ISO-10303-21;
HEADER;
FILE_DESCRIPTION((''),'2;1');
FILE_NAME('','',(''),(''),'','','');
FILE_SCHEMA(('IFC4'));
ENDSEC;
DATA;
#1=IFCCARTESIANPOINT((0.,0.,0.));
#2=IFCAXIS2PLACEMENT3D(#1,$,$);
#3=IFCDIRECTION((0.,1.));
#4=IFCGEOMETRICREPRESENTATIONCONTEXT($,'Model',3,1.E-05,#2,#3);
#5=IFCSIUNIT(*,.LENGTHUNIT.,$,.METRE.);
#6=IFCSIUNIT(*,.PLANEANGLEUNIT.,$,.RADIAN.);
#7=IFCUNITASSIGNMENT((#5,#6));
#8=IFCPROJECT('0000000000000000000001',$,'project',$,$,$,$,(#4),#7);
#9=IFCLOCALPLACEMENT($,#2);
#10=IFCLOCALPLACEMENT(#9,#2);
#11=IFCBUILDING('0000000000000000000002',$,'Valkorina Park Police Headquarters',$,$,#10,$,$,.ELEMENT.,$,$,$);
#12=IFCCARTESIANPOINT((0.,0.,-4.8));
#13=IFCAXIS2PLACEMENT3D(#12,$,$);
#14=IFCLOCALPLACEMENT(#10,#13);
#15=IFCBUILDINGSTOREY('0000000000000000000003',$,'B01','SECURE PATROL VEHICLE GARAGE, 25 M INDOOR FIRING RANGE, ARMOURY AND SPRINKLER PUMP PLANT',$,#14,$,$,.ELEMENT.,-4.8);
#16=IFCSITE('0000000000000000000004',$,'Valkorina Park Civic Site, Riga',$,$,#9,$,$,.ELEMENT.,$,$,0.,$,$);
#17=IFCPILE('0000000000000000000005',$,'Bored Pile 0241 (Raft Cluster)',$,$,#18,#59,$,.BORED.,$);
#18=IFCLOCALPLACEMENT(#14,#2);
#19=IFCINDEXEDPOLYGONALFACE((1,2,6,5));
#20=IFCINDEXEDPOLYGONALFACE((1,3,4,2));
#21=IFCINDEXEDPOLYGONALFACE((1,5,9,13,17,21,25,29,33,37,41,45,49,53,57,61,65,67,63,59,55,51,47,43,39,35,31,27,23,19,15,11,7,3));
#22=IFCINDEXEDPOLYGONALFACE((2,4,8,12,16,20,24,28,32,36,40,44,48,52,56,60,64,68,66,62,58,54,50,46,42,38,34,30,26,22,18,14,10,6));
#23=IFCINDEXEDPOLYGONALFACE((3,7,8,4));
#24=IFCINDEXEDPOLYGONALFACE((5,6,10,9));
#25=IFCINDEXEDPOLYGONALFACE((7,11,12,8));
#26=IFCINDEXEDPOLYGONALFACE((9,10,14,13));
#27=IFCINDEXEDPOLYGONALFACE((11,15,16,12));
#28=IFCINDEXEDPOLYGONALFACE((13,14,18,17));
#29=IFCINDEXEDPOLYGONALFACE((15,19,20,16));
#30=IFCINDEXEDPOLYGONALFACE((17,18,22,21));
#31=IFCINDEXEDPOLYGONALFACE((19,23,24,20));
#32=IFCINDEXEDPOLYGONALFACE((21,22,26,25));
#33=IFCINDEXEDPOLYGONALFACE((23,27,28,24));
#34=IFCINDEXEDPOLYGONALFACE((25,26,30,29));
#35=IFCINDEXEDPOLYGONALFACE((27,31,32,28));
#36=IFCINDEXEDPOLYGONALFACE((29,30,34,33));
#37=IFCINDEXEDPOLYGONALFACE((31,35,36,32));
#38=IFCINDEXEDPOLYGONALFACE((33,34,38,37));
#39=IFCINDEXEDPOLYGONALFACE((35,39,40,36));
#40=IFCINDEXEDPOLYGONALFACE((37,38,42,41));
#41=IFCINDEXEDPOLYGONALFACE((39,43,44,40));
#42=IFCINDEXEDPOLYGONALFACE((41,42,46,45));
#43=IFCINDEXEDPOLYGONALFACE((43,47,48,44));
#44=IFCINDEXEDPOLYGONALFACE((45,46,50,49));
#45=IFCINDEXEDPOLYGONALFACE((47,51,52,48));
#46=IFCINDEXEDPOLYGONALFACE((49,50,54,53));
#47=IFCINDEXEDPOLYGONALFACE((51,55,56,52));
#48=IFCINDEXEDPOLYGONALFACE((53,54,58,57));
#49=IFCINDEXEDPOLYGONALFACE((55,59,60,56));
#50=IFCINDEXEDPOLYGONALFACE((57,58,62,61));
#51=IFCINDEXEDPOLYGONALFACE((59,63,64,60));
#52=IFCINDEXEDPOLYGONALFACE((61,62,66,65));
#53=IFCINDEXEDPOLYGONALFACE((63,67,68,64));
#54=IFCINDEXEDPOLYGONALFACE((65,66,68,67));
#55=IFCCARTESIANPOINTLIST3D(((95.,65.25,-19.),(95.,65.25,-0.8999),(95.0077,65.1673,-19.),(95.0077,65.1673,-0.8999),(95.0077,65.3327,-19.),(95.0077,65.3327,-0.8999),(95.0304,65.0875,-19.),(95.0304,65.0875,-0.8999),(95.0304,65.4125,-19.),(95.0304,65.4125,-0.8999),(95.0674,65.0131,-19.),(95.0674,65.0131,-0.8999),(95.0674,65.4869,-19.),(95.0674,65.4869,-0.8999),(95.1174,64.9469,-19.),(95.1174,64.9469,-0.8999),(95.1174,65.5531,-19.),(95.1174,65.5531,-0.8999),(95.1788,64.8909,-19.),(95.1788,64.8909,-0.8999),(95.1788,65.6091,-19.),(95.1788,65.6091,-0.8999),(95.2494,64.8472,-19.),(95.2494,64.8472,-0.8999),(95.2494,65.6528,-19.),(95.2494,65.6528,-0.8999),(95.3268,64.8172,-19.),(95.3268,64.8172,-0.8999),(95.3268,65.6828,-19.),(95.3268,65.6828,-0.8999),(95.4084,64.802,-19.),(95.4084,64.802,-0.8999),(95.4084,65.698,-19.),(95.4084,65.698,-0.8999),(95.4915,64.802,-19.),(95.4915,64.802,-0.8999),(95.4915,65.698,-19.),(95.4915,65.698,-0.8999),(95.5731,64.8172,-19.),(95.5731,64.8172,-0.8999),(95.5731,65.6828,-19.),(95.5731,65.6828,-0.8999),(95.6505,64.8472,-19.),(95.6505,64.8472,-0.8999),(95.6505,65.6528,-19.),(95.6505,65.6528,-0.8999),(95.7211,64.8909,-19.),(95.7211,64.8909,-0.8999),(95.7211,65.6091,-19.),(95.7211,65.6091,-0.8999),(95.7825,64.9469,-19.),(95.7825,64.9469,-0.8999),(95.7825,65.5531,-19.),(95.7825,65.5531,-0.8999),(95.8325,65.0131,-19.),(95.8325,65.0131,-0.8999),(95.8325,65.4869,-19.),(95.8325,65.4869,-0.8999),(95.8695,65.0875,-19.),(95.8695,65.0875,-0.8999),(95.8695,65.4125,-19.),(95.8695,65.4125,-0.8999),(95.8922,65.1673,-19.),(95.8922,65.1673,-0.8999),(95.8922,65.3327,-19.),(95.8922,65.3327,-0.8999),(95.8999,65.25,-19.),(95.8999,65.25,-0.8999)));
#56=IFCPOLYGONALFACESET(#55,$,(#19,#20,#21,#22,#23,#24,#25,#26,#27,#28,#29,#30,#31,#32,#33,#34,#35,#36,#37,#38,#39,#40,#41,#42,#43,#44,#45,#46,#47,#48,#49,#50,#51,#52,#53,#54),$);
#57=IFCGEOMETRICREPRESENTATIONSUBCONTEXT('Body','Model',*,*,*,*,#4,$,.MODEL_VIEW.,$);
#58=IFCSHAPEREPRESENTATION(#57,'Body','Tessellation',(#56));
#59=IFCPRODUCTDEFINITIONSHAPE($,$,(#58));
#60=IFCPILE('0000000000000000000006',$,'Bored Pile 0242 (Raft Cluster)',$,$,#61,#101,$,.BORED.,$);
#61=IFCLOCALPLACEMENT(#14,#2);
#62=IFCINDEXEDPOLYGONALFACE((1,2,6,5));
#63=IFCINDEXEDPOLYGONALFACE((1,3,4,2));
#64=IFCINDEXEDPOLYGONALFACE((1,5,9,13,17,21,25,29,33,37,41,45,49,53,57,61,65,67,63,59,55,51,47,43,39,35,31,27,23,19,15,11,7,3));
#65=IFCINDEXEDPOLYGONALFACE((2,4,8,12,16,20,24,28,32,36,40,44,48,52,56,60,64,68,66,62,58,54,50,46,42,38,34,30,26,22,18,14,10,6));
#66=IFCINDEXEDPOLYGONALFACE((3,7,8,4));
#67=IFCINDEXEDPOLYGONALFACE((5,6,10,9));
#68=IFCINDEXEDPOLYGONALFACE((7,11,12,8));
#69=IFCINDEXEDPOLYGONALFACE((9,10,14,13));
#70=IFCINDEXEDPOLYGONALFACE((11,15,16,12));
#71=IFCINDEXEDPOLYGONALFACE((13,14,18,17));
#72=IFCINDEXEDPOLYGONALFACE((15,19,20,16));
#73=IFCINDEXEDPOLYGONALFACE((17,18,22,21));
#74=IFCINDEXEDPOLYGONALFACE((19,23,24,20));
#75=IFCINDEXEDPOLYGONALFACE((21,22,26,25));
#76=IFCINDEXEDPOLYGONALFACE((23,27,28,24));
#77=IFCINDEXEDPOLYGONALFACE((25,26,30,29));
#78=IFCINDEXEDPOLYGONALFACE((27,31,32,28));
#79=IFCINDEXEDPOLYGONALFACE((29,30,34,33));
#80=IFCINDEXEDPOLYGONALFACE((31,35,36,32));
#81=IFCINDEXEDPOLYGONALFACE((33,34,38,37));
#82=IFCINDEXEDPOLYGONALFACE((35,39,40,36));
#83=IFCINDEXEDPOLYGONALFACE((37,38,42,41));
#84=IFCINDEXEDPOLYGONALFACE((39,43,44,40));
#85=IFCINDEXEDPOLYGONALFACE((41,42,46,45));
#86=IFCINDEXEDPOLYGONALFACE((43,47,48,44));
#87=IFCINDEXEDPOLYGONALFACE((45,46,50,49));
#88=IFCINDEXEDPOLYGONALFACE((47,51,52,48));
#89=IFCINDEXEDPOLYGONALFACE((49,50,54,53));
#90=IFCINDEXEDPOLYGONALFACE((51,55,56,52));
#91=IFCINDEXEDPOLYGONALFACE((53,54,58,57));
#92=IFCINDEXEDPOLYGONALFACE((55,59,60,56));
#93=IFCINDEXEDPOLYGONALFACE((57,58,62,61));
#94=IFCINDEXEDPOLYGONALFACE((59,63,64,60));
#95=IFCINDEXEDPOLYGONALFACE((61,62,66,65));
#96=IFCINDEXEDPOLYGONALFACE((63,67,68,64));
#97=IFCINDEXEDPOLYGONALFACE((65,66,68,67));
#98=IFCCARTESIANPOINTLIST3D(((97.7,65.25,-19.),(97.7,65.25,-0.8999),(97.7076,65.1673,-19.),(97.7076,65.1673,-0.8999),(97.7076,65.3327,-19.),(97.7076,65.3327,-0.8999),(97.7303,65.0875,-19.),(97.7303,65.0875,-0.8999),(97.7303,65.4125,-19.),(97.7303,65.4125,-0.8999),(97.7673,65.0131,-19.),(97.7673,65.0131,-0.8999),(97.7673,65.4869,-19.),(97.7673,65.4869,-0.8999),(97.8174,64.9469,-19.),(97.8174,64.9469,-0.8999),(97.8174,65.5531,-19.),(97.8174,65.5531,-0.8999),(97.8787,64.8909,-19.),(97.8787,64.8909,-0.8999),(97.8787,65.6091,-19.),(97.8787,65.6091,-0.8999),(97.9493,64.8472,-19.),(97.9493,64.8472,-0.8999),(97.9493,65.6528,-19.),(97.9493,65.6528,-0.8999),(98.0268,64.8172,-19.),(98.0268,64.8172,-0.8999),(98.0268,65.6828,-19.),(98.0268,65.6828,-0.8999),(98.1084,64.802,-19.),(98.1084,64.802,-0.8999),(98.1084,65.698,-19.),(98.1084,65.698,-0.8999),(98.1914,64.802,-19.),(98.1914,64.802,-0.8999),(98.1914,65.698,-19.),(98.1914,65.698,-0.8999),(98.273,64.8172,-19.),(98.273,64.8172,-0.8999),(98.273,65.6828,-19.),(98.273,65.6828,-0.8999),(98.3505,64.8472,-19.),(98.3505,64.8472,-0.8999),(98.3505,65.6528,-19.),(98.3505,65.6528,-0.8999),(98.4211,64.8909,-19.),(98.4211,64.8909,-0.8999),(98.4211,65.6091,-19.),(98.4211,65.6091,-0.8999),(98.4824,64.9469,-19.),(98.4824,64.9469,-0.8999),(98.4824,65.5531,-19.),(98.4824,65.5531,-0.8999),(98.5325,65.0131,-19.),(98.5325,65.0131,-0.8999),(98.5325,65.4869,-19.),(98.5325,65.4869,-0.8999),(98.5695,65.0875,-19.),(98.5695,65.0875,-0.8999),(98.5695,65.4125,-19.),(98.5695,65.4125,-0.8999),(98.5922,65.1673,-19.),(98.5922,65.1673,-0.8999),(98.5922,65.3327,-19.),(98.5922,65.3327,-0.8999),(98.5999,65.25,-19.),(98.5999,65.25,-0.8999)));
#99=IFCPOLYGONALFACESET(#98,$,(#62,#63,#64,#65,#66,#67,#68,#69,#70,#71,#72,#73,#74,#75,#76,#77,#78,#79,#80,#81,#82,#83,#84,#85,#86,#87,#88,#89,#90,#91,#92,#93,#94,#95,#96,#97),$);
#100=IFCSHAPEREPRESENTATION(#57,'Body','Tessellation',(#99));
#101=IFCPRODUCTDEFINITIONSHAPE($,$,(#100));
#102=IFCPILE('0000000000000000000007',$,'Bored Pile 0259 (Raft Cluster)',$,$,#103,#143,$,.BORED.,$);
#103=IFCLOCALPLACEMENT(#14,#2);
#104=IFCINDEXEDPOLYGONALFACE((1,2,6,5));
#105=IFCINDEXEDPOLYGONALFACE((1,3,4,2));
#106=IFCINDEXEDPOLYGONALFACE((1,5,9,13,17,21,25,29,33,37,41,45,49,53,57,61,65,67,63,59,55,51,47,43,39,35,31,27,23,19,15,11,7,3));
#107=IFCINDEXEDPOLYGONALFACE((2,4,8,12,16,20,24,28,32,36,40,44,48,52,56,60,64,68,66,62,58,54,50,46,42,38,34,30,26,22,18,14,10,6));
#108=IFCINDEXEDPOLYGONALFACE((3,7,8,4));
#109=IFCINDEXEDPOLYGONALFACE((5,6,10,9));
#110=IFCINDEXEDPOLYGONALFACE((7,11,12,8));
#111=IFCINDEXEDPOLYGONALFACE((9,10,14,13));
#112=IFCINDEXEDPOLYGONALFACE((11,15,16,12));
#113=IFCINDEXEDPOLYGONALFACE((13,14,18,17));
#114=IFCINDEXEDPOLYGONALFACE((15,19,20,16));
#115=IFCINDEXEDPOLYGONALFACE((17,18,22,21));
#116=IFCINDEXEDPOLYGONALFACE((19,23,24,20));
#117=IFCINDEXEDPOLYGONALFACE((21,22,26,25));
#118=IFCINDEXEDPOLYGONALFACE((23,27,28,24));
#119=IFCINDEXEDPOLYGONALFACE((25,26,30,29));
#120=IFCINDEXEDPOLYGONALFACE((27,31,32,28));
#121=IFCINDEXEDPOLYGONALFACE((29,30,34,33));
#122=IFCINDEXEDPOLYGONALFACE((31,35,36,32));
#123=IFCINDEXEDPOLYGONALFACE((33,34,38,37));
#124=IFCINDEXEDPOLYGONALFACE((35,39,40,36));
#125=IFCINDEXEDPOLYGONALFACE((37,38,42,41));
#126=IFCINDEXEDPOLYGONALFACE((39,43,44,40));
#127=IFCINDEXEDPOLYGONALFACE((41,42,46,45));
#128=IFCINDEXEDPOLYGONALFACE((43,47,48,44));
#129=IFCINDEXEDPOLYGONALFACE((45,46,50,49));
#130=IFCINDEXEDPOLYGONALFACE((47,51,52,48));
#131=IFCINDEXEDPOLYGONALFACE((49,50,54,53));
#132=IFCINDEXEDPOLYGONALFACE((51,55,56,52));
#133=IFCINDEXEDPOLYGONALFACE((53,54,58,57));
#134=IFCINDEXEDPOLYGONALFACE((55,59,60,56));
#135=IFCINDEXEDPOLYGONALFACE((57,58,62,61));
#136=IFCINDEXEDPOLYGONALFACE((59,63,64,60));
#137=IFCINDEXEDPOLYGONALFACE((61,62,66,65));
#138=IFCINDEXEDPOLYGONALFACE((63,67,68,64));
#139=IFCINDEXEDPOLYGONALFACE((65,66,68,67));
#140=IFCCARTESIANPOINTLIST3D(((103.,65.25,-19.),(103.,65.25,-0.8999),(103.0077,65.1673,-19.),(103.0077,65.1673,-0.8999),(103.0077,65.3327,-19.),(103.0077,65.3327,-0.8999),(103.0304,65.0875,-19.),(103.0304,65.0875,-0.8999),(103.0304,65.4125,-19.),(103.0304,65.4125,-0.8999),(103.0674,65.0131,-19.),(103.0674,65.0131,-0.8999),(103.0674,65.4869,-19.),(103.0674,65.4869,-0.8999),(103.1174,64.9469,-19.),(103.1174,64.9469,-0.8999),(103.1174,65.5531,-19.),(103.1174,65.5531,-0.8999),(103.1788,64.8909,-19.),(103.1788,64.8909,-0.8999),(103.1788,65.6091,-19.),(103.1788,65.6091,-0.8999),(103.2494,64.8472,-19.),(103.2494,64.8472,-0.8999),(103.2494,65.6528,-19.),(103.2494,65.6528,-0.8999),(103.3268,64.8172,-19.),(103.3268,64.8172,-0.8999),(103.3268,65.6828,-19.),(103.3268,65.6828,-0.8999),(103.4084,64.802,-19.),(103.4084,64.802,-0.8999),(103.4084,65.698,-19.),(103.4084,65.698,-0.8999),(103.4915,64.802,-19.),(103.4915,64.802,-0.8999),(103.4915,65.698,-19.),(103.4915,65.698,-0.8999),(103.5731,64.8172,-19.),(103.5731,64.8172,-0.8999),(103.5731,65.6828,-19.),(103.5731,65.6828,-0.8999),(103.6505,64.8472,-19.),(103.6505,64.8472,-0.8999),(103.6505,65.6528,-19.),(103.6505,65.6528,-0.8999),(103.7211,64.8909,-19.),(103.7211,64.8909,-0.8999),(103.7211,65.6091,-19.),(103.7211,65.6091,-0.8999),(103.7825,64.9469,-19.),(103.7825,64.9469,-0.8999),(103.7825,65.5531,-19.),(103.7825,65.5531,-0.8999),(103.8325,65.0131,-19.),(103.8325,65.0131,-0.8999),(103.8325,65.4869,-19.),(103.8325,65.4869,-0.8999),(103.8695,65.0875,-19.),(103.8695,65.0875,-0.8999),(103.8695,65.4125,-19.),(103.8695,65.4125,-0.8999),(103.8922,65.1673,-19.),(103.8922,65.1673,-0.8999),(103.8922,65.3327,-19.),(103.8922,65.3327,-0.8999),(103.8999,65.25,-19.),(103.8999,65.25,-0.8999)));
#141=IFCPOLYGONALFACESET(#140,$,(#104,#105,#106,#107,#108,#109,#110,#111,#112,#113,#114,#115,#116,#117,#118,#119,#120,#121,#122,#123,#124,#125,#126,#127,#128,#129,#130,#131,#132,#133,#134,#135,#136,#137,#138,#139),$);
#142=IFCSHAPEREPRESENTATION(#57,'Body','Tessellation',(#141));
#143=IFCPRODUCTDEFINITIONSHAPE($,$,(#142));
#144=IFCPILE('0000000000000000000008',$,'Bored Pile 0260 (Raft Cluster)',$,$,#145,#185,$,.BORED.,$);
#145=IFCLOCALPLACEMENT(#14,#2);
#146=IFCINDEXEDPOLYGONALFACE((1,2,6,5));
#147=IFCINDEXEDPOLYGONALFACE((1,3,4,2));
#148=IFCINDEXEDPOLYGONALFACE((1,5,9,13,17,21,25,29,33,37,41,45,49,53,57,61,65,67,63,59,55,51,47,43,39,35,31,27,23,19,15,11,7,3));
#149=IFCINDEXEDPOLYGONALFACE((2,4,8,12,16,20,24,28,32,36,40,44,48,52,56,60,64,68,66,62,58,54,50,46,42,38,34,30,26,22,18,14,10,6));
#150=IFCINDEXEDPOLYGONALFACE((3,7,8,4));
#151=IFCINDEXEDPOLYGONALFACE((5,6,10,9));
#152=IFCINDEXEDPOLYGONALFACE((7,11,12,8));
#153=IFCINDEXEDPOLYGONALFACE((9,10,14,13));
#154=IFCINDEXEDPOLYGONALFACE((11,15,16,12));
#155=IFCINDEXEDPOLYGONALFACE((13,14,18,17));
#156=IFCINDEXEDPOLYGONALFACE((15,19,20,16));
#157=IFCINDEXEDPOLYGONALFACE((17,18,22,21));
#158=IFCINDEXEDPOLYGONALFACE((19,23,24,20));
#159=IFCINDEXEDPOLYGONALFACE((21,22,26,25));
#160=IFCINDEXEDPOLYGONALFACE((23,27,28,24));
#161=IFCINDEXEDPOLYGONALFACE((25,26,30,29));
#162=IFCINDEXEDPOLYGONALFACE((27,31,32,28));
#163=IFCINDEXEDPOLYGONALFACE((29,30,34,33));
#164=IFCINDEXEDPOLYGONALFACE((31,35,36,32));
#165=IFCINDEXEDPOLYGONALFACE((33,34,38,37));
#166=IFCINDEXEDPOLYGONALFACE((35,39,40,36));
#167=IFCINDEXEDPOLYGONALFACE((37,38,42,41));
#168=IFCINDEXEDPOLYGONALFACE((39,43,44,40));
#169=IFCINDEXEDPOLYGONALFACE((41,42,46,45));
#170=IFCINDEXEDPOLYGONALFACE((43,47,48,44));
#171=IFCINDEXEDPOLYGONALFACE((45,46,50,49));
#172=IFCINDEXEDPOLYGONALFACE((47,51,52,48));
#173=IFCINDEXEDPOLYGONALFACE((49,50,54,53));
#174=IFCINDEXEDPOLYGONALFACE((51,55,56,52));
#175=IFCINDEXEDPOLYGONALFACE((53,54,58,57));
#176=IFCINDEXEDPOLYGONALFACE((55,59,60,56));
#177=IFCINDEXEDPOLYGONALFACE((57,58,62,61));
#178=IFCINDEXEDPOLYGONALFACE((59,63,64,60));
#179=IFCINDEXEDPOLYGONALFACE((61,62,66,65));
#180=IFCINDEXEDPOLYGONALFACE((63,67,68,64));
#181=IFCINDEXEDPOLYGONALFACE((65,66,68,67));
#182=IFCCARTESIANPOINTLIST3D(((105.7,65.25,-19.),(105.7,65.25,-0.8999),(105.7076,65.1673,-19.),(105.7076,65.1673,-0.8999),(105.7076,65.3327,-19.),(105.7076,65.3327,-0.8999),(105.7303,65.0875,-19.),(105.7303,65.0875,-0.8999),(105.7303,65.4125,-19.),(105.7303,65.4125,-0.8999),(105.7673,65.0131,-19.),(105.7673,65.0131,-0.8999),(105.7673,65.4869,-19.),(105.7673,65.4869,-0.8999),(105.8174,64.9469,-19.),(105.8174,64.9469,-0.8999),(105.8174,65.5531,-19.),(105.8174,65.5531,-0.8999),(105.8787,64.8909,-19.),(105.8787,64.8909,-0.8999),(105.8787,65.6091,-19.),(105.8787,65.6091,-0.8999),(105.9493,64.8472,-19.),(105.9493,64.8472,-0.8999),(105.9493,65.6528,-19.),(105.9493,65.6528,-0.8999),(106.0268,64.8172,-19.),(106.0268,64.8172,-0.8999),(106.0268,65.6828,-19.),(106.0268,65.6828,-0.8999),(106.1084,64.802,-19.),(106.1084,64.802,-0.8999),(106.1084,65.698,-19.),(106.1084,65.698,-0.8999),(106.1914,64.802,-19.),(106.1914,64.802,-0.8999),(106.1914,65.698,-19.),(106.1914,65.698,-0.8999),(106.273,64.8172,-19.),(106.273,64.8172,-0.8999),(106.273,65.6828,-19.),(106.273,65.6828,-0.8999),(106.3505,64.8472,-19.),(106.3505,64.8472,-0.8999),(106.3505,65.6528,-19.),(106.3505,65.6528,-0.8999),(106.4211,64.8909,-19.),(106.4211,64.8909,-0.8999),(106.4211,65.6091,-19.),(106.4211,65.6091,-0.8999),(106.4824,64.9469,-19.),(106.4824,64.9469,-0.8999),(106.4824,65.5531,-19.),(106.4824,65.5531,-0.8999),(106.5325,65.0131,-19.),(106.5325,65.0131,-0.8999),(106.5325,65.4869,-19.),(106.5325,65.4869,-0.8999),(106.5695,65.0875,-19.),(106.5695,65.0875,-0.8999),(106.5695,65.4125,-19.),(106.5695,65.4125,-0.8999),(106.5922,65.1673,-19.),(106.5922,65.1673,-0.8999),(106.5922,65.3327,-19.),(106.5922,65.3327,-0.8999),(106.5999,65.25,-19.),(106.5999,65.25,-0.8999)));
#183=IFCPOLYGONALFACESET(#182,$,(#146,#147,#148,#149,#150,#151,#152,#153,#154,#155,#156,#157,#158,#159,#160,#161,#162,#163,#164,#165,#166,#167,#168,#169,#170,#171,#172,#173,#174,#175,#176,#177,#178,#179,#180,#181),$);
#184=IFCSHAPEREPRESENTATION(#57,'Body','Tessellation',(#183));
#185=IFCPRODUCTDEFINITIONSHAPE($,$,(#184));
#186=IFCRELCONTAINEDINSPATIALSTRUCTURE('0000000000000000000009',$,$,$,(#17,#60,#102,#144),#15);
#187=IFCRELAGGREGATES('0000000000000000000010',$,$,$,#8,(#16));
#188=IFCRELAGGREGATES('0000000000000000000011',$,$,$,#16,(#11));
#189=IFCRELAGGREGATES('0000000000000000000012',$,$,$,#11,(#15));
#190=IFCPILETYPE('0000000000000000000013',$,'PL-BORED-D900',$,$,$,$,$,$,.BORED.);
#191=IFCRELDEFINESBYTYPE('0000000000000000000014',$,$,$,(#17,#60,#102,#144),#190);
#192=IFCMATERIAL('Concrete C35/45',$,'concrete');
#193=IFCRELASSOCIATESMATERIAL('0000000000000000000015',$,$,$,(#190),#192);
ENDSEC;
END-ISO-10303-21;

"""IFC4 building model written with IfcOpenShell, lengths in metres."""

from ifc_helpers import new_model, si_unit, direction, frame, origin, origin_2d, place, context, subcontext, project, spatial, circle, extrude, material, material_profile, profile_set, type_object, element, save


model = new_model("IFC4")

# Units and contexts
model_context = context("Model", 3, precision=1e-05, world=origin(), true_north=direction((0.0, 1.0)))
body_context = subcontext(model_context, "Body", "Model", "MODEL_VIEW")
ifc_project = project(units=[si_unit("LENGTHUNIT", "METRE"), si_unit("PLANEANGLEUNIT", "RADIAN")], contexts=[model_context])

# Site, building, storey
site_placement = place(None, origin())
site = spatial("IfcSite", under=ifc_project, at=site_placement, Name="Valkorina Park Civic Site, Riga", CompositionType="ELEMENT", RefElevation=0.0)
building_placement = place(site_placement, origin())
building = spatial("IfcBuilding", under=site, at=building_placement, Name="Valkorina Park Police Headquarters", CompositionType="ELEMENT")
storey_placement = place(building_placement, frame((0.0, 0.0, -4.8)))
storey = spatial("IfcBuildingStorey", under=building, at=storey_placement, Name="B01", Description="SECURE PATROL VEHICLE GARAGE, 25 M INDOOR FIRING RANGE, ARMOURY AND SPRINKLER PUMP PLANT", CompositionType="ELEMENT", Elevation=-4.8)

# Piles
ifc_material_1 = material(Name="Concrete C35/45", Category="concrete")
ifc_material_profile_1 = material_profile(ifc_material_1, circle(Radius=0.45, at=origin_2d()), Name="BORED PILE D900")
ifc_profile_set_1 = profile_set([ifc_material_profile_1], Name="Concrete C35/45")
pile_type = type_object("IfcPileType", Name="PL-BORED-D900", PredefinedType="BORED", material=ifc_profile_set_1)
for number, where, z_axis, x_axis, name in (
    (1, (95.45, 65.25, -0.8999), (0.0, 0.0, -1.0), (1.0, 0.0, 0.0), "Bored Pile 0241 (Raft Cluster)"),
    (2, (98.1499, 65.25, -0.8999), (0.0, 0.0, -1.0), (1.0, 0.0, 0.0), "Bored Pile 0242 (Raft Cluster)"),
    (3, (103.45, 65.25, -0.8999), (0.0, 0.0, -1.0), (1.0, 0.0, 0.0), "Bored Pile 0259 (Raft Cluster)"),
    (4, (106.1499, 65.25, -0.8999), (0.0, 0.0, -1.0), (1.0, 0.0, 0.0), "Bored Pile 0260 (Raft Cluster)"),
):
    element("IfcPile", number, at=place(storey_placement, frame(where, z_axis=z_axis, x_axis=x_axis)), inside=storey, type_object=pile_type, Name=name, PredefinedType="BORED", context=body_context, shape_type="SweptSolid", body=[
        extrude(circle(Radius=0.45, at=origin_2d()), origin(), (0.0, 0.0, 1.0), 18.1001),
    ])

save(model, "model.ifc")
